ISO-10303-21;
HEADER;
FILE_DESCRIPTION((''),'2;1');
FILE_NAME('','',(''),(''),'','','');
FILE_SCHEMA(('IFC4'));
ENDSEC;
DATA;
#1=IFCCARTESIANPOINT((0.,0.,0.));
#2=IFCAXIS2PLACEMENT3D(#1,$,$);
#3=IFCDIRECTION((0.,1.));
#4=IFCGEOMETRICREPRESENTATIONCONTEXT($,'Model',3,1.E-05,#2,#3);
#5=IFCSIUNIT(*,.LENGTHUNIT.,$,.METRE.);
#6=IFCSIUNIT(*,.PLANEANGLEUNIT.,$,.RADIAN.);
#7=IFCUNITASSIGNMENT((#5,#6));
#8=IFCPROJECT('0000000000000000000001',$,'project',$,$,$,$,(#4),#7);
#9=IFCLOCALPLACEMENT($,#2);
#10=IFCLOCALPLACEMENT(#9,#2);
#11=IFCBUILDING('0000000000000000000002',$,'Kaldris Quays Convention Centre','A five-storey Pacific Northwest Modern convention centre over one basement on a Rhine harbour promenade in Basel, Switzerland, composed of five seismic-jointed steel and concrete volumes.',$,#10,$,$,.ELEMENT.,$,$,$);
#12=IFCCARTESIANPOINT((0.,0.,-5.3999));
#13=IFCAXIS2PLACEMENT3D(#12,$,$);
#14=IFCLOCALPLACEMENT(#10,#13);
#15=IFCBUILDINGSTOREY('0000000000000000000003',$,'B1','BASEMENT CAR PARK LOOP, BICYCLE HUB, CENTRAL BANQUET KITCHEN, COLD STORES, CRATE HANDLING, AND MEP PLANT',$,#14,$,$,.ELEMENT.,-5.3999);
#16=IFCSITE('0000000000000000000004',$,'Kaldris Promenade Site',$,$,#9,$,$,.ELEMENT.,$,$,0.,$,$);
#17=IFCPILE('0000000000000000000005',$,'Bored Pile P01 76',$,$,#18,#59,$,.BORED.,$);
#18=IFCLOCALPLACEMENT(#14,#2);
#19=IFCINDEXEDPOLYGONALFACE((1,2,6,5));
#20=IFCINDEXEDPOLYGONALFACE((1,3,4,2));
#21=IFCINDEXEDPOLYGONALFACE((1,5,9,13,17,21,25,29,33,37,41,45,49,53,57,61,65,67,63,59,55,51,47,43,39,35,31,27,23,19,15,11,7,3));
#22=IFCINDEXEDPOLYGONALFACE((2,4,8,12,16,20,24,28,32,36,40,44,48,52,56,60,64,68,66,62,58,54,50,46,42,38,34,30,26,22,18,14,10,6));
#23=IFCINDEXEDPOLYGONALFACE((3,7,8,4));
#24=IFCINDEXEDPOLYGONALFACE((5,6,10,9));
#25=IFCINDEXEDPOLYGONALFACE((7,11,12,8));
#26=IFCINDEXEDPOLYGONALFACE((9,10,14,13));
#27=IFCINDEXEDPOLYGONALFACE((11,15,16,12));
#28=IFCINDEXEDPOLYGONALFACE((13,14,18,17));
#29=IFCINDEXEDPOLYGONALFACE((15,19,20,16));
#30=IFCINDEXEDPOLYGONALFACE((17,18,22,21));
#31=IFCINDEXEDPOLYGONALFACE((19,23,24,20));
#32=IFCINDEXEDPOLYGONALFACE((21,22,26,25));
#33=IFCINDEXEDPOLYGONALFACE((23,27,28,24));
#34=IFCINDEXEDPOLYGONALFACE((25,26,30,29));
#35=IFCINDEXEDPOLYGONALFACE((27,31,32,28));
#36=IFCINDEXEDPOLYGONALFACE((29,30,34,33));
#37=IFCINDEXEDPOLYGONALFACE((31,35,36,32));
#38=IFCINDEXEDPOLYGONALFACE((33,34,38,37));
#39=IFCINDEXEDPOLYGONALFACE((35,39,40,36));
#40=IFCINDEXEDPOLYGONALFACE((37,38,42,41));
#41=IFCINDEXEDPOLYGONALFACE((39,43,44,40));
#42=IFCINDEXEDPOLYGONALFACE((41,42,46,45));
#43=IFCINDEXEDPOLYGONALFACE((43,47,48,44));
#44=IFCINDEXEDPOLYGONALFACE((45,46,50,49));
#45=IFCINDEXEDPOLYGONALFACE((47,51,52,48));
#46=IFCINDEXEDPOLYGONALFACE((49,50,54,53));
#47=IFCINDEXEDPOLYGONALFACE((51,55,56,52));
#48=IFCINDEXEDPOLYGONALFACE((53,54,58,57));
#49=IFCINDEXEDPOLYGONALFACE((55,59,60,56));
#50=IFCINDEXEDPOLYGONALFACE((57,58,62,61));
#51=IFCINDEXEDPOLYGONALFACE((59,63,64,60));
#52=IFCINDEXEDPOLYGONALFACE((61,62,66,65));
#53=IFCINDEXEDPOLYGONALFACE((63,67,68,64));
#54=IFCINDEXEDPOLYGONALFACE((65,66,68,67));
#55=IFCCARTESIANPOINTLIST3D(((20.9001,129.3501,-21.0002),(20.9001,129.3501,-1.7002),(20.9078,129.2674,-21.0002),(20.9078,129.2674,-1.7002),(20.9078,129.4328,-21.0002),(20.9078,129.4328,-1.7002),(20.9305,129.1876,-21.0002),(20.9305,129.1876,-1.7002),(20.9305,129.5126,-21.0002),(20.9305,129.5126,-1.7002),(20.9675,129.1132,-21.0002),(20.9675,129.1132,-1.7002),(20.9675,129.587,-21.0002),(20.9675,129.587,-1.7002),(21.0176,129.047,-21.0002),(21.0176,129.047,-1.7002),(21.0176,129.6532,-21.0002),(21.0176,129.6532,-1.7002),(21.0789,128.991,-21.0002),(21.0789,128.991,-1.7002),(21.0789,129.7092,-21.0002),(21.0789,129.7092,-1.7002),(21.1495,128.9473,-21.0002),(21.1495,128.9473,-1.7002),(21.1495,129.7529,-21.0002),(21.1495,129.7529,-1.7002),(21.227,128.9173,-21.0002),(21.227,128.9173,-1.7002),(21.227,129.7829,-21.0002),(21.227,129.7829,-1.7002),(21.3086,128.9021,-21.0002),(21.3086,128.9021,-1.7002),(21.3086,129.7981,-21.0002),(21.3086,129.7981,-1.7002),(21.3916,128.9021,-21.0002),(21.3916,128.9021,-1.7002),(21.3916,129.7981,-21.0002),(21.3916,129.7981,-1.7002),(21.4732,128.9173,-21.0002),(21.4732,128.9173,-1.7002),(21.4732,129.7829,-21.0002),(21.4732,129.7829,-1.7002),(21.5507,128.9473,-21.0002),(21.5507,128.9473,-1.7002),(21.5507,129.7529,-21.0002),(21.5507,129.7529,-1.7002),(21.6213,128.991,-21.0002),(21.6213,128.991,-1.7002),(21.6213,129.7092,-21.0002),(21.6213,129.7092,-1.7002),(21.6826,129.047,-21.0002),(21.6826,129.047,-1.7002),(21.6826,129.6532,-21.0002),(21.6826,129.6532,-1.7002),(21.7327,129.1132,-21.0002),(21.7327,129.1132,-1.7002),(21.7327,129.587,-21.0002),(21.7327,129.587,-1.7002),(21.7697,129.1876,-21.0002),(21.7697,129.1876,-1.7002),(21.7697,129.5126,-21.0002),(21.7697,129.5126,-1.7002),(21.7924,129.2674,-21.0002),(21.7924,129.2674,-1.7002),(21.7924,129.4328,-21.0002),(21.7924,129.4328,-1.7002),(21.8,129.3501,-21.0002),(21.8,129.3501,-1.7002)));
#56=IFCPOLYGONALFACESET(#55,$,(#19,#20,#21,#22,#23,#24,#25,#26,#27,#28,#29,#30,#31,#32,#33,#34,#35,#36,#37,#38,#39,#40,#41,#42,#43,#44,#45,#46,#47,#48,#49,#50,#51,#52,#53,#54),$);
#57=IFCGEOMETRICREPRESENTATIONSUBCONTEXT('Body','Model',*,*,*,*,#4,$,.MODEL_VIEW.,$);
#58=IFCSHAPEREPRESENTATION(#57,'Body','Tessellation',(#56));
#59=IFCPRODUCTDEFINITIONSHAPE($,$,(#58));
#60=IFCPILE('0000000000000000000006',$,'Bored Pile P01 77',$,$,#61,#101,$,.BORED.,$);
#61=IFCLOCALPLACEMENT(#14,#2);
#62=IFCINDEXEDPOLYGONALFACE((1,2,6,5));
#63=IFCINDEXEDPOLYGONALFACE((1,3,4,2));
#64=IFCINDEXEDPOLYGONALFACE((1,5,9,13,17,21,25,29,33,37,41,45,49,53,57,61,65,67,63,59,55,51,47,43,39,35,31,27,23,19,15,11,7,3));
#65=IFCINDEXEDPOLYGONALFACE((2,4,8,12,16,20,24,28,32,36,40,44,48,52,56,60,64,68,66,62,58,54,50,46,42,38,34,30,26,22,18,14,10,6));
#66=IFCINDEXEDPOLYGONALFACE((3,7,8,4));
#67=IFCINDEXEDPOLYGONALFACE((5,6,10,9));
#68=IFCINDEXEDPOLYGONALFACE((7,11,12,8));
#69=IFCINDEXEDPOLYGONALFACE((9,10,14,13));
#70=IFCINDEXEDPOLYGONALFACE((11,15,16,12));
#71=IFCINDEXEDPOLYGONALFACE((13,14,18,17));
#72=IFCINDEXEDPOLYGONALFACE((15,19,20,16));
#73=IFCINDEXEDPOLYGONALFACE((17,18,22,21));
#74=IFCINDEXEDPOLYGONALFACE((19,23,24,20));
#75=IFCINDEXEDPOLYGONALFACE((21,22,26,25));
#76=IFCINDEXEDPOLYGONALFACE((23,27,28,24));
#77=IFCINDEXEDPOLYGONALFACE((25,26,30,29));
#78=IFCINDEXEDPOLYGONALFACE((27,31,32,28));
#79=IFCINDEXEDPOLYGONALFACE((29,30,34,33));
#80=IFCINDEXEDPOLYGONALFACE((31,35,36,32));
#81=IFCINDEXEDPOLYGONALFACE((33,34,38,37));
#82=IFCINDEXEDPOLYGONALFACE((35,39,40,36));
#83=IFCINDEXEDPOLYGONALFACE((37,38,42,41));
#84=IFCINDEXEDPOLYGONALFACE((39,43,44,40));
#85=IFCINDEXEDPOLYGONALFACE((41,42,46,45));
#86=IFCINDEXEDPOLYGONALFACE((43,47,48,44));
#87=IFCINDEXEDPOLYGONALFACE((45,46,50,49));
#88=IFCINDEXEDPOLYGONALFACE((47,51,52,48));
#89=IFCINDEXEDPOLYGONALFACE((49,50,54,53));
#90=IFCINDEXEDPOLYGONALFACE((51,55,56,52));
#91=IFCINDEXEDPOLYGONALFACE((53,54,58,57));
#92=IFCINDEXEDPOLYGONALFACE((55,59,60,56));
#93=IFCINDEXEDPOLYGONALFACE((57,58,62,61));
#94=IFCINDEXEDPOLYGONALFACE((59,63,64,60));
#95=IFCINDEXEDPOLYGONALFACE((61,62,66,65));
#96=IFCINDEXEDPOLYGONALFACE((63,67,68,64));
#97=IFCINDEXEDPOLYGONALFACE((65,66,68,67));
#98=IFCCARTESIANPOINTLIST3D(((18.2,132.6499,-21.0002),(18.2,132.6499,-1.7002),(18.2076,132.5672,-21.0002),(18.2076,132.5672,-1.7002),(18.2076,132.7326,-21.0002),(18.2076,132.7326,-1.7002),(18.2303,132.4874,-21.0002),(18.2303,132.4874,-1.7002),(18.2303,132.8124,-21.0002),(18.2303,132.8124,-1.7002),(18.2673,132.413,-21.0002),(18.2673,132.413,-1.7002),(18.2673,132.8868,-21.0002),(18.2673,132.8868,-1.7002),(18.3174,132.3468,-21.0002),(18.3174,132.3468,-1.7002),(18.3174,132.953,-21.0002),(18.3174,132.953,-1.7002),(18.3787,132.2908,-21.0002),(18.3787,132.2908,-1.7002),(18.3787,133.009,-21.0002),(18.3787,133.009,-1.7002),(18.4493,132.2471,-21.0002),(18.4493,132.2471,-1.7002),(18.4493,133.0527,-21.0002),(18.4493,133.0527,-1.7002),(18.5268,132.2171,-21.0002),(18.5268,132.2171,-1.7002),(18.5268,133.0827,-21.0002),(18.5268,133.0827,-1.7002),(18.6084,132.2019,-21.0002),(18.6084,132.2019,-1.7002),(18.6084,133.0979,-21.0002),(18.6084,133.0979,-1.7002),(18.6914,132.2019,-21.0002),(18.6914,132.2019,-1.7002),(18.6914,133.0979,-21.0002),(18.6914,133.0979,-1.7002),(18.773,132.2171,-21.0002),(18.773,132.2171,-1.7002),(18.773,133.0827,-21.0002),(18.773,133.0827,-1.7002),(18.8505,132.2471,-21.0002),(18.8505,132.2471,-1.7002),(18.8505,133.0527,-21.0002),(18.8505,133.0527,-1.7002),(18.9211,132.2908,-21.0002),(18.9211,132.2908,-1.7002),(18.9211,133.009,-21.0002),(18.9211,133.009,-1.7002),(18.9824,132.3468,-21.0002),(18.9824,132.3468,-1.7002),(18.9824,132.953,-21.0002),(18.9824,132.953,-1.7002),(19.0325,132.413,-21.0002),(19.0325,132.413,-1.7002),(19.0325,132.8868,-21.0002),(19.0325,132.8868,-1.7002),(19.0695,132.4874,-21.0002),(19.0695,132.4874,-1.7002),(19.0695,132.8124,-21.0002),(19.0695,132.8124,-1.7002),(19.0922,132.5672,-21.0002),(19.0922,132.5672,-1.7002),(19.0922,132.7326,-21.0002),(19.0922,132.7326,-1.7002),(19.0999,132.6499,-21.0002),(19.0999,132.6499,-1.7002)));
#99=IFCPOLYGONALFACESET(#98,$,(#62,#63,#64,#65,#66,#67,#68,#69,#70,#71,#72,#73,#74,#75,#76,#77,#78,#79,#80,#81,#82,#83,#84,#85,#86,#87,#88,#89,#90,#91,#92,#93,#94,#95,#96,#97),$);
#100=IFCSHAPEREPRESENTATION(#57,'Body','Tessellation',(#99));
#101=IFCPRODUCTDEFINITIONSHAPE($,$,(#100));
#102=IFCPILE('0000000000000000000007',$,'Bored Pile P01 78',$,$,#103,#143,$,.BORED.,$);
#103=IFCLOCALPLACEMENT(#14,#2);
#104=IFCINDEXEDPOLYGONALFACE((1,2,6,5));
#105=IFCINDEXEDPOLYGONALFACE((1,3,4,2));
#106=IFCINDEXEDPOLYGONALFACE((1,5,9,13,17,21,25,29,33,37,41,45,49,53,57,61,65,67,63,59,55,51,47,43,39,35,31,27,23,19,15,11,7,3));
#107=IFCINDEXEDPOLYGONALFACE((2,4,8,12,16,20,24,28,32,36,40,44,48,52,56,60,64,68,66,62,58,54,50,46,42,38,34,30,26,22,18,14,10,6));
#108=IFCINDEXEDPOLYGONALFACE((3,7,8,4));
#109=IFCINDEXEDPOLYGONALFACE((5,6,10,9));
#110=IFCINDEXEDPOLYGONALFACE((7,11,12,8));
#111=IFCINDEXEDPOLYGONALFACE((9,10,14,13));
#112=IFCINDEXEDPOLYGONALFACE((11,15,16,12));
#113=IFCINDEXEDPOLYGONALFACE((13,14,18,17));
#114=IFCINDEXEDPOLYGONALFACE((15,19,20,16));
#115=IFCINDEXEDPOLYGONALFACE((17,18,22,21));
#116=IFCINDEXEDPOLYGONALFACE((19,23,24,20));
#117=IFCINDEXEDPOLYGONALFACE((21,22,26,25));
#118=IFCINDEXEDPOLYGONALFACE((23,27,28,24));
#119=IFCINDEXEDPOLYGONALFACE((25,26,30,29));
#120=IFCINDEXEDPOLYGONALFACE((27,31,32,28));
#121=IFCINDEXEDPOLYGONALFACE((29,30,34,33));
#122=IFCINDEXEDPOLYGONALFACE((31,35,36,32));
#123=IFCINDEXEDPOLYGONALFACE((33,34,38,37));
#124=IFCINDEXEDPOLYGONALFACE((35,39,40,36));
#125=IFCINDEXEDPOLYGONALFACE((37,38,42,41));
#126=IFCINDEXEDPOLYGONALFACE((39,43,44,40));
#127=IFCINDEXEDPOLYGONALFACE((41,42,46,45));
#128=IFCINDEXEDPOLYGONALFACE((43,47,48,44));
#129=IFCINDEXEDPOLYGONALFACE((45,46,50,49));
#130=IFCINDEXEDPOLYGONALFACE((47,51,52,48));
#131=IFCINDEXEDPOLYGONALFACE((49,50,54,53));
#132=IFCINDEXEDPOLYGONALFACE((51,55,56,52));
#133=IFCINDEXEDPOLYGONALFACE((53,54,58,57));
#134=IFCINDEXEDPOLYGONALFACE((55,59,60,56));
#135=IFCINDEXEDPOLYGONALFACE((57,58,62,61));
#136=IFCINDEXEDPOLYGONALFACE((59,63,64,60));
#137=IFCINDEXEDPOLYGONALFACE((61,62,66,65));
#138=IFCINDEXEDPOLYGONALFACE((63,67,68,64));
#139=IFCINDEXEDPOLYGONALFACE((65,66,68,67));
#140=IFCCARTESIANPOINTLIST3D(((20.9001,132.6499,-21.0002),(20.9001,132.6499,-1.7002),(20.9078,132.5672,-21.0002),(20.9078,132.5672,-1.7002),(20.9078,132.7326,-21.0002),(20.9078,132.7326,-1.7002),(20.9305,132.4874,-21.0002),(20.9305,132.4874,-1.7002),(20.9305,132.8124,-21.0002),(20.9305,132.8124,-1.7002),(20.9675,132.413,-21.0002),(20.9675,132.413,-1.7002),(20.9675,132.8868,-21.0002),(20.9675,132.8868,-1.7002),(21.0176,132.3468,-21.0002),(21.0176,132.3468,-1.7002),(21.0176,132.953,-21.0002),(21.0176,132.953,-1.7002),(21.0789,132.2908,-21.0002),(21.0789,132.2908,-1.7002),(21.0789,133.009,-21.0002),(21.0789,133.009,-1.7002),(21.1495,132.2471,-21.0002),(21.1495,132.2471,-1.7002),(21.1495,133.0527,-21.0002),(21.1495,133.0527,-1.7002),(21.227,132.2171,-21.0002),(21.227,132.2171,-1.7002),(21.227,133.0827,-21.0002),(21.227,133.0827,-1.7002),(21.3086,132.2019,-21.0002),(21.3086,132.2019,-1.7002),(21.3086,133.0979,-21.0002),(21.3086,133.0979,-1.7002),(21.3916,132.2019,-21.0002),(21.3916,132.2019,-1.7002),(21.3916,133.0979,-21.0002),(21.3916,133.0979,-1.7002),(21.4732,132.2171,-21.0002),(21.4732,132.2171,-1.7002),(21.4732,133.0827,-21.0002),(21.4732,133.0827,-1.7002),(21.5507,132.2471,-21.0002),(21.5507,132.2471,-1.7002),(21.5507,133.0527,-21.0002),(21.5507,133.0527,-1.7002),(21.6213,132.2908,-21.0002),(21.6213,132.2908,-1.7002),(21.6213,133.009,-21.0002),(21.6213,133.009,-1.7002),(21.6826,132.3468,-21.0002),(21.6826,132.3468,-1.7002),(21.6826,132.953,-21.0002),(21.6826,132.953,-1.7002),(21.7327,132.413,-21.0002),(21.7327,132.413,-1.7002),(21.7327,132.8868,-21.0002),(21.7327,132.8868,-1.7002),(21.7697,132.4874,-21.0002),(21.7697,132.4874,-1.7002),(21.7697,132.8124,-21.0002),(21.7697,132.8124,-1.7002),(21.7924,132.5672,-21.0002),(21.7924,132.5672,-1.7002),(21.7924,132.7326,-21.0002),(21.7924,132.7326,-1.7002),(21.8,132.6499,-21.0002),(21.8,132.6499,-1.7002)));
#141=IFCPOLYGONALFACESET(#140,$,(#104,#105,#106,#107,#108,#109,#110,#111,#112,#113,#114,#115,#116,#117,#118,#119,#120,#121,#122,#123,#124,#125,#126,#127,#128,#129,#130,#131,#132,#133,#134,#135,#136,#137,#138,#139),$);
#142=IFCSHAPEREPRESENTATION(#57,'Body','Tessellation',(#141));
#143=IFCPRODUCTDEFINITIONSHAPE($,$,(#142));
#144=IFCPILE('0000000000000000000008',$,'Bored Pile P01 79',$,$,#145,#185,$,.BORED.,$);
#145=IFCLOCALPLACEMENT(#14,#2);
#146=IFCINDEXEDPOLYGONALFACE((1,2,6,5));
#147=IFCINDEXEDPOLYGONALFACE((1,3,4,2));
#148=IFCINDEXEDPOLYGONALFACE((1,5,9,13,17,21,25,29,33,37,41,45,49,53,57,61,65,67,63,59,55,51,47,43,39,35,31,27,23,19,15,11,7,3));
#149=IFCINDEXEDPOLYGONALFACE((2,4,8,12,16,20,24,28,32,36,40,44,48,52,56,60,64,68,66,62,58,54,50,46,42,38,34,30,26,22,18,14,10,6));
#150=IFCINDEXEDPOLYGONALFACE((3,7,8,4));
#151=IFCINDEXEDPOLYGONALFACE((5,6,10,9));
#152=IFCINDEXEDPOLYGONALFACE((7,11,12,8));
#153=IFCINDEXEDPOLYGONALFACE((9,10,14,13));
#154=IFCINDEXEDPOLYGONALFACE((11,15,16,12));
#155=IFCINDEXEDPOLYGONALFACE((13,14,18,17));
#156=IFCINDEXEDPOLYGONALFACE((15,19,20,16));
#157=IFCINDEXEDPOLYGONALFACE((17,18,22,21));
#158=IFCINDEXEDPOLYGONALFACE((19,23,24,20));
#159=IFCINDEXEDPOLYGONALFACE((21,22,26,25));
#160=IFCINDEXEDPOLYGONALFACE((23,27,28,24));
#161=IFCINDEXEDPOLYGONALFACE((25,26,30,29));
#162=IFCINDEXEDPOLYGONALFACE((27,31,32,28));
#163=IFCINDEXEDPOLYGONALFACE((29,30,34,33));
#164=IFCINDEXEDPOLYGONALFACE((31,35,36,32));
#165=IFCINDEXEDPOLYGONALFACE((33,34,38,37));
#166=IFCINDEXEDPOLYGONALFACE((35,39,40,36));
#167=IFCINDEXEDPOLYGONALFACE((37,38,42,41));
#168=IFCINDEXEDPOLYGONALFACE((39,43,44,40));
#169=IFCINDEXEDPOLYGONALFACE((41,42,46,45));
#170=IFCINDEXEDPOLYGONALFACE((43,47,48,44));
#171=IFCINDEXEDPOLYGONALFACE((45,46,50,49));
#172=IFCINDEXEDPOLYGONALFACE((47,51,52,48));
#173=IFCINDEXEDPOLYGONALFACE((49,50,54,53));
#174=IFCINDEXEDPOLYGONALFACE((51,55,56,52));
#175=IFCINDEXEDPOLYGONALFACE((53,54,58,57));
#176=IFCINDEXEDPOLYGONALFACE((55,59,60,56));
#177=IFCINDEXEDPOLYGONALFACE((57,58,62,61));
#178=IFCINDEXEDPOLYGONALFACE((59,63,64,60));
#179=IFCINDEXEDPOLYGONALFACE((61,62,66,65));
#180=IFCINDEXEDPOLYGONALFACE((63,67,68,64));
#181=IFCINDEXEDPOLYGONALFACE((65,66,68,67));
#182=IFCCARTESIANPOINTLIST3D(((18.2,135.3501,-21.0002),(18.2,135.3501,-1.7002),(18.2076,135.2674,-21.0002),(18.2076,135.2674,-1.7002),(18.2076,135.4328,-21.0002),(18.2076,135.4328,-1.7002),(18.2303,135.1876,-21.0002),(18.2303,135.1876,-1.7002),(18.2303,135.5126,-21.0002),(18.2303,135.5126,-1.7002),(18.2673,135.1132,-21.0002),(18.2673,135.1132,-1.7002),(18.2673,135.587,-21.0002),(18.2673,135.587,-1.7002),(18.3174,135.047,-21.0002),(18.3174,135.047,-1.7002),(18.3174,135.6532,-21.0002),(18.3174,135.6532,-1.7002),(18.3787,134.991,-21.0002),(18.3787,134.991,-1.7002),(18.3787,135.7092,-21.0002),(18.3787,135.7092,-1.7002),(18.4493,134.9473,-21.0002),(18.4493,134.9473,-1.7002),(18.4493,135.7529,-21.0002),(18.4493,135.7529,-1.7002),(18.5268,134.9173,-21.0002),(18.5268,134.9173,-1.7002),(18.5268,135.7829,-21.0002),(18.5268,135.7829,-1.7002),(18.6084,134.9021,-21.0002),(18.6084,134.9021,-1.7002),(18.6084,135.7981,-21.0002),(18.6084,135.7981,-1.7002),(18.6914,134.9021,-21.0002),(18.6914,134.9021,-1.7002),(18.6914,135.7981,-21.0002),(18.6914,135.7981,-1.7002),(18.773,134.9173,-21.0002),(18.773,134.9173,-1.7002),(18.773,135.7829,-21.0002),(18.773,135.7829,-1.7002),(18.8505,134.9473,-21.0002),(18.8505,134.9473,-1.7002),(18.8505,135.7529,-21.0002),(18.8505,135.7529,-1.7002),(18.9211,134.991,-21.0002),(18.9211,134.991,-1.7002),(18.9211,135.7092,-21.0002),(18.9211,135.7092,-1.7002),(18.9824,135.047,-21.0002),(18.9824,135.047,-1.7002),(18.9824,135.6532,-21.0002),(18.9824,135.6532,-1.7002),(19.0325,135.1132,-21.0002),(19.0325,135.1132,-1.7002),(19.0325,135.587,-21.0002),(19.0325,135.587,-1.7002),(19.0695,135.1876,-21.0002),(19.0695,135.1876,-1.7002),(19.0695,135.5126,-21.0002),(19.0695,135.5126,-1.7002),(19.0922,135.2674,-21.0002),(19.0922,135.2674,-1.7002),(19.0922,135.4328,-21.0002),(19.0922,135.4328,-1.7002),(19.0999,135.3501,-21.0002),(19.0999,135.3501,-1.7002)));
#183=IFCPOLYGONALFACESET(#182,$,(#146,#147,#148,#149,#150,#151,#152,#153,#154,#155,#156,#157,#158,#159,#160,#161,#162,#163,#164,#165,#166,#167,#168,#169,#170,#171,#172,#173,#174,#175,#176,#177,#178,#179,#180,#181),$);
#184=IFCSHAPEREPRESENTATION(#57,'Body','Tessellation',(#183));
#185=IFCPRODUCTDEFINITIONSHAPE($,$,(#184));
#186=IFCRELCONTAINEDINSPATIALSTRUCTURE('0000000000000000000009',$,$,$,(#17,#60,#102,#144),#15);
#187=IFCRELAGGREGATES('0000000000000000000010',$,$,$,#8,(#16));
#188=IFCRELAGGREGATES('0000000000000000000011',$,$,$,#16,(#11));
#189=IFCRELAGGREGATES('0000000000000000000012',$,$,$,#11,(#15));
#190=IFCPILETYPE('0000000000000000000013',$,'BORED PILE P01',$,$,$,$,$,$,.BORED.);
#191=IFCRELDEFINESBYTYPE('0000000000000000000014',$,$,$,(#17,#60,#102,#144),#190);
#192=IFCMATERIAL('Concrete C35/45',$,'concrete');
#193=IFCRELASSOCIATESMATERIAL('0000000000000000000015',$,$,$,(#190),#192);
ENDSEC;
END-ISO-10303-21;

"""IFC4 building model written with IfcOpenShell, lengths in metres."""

from ifc_helpers import new_model, si_unit, direction, frame, origin, origin_2d, place, context, subcontext, project, spatial, circle, extrude, material, material_profile, profile_set, type_object, element, save


model = new_model("IFC4")

# Units and contexts
model_context = context("Model", 3, precision=1e-05, world=origin(), true_north=direction((0.0, 1.0)))
body_context = subcontext(model_context, "Body", "Model", "MODEL_VIEW")
ifc_project = project(units=[si_unit("LENGTHUNIT", "METRE"), si_unit("PLANEANGLEUNIT", "RADIAN")], contexts=[model_context])

# Site, building, storey
site_placement = place(None, origin())
site = spatial("IfcSite", under=ifc_project, at=site_placement, Name="Kaldris Promenade Site", CompositionType="ELEMENT", RefElevation=0.0)
building_placement = place(site_placement, origin())
building = spatial("IfcBuilding", under=site, at=building_placement, Name="Kaldris Quays Convention Centre", Description="A five-storey Pacific Northwest Modern convention centre over one basement on a Rhine harbour promenade in Basel, Switzerland, composed of five seismic-jointed steel and concrete volumes.", CompositionType="ELEMENT")
storey_placement = place(building_placement, frame((0.0, 0.0, -5.3999)))
storey = spatial("IfcBuildingStorey", under=building, at=storey_placement, Name="B1", Description="BASEMENT CAR PARK LOOP, BICYCLE HUB, CENTRAL BANQUET KITCHEN, COLD STORES, CRATE HANDLING, AND MEP PLANT", CompositionType="ELEMENT", Elevation=-5.3999)

# Piles
ifc_material_1 = material(Name="Concrete C35/45", Category="concrete")
ifc_material_profile_1 = material_profile(ifc_material_1, circle(Radius=0.45, at=origin_2d()), Name="BORED PILE D900")
ifc_profile_set_1 = profile_set([ifc_material_profile_1], Name="Concrete C35/45")
pile_type = type_object("IfcPileType", Name="BORED PILE P01", PredefinedType="BORED", material=ifc_profile_set_1)
for number, where, z_axis, x_axis, name in (
    (1, (21.3501, 129.3501, -1.7002), (0.0, 0.0, -1.0), (1.0, 0.0, 0.0), "Bored Pile P01 76"),
    (2, (18.6499, 132.6499, -1.7002), (0.0, 0.0, -1.0), (1.0, 0.0, 0.0), "Bored Pile P01 77"),
    (3, (21.3501, 132.6499, -1.7002), (0.0, 0.0, -1.0), (1.0, 0.0, 0.0), "Bored Pile P01 78"),
    (4, (18.6499, 135.3501, -1.7002), (0.0, 0.0, -1.0), (1.0, 0.0, 0.0), "Bored Pile P01 79"),
):
    element("IfcPile", number, at=place(storey_placement, frame(where, z_axis=z_axis, x_axis=x_axis)), inside=storey, type_object=pile_type, Name=name, PredefinedType="BORED", context=body_context, shape_type="SweptSolid", body=[
        extrude(circle(Radius=0.45, at=origin_2d()), origin(), (0.0, 0.0, 1.0), 19.3),
    ])

save(model, "model.ifc")
